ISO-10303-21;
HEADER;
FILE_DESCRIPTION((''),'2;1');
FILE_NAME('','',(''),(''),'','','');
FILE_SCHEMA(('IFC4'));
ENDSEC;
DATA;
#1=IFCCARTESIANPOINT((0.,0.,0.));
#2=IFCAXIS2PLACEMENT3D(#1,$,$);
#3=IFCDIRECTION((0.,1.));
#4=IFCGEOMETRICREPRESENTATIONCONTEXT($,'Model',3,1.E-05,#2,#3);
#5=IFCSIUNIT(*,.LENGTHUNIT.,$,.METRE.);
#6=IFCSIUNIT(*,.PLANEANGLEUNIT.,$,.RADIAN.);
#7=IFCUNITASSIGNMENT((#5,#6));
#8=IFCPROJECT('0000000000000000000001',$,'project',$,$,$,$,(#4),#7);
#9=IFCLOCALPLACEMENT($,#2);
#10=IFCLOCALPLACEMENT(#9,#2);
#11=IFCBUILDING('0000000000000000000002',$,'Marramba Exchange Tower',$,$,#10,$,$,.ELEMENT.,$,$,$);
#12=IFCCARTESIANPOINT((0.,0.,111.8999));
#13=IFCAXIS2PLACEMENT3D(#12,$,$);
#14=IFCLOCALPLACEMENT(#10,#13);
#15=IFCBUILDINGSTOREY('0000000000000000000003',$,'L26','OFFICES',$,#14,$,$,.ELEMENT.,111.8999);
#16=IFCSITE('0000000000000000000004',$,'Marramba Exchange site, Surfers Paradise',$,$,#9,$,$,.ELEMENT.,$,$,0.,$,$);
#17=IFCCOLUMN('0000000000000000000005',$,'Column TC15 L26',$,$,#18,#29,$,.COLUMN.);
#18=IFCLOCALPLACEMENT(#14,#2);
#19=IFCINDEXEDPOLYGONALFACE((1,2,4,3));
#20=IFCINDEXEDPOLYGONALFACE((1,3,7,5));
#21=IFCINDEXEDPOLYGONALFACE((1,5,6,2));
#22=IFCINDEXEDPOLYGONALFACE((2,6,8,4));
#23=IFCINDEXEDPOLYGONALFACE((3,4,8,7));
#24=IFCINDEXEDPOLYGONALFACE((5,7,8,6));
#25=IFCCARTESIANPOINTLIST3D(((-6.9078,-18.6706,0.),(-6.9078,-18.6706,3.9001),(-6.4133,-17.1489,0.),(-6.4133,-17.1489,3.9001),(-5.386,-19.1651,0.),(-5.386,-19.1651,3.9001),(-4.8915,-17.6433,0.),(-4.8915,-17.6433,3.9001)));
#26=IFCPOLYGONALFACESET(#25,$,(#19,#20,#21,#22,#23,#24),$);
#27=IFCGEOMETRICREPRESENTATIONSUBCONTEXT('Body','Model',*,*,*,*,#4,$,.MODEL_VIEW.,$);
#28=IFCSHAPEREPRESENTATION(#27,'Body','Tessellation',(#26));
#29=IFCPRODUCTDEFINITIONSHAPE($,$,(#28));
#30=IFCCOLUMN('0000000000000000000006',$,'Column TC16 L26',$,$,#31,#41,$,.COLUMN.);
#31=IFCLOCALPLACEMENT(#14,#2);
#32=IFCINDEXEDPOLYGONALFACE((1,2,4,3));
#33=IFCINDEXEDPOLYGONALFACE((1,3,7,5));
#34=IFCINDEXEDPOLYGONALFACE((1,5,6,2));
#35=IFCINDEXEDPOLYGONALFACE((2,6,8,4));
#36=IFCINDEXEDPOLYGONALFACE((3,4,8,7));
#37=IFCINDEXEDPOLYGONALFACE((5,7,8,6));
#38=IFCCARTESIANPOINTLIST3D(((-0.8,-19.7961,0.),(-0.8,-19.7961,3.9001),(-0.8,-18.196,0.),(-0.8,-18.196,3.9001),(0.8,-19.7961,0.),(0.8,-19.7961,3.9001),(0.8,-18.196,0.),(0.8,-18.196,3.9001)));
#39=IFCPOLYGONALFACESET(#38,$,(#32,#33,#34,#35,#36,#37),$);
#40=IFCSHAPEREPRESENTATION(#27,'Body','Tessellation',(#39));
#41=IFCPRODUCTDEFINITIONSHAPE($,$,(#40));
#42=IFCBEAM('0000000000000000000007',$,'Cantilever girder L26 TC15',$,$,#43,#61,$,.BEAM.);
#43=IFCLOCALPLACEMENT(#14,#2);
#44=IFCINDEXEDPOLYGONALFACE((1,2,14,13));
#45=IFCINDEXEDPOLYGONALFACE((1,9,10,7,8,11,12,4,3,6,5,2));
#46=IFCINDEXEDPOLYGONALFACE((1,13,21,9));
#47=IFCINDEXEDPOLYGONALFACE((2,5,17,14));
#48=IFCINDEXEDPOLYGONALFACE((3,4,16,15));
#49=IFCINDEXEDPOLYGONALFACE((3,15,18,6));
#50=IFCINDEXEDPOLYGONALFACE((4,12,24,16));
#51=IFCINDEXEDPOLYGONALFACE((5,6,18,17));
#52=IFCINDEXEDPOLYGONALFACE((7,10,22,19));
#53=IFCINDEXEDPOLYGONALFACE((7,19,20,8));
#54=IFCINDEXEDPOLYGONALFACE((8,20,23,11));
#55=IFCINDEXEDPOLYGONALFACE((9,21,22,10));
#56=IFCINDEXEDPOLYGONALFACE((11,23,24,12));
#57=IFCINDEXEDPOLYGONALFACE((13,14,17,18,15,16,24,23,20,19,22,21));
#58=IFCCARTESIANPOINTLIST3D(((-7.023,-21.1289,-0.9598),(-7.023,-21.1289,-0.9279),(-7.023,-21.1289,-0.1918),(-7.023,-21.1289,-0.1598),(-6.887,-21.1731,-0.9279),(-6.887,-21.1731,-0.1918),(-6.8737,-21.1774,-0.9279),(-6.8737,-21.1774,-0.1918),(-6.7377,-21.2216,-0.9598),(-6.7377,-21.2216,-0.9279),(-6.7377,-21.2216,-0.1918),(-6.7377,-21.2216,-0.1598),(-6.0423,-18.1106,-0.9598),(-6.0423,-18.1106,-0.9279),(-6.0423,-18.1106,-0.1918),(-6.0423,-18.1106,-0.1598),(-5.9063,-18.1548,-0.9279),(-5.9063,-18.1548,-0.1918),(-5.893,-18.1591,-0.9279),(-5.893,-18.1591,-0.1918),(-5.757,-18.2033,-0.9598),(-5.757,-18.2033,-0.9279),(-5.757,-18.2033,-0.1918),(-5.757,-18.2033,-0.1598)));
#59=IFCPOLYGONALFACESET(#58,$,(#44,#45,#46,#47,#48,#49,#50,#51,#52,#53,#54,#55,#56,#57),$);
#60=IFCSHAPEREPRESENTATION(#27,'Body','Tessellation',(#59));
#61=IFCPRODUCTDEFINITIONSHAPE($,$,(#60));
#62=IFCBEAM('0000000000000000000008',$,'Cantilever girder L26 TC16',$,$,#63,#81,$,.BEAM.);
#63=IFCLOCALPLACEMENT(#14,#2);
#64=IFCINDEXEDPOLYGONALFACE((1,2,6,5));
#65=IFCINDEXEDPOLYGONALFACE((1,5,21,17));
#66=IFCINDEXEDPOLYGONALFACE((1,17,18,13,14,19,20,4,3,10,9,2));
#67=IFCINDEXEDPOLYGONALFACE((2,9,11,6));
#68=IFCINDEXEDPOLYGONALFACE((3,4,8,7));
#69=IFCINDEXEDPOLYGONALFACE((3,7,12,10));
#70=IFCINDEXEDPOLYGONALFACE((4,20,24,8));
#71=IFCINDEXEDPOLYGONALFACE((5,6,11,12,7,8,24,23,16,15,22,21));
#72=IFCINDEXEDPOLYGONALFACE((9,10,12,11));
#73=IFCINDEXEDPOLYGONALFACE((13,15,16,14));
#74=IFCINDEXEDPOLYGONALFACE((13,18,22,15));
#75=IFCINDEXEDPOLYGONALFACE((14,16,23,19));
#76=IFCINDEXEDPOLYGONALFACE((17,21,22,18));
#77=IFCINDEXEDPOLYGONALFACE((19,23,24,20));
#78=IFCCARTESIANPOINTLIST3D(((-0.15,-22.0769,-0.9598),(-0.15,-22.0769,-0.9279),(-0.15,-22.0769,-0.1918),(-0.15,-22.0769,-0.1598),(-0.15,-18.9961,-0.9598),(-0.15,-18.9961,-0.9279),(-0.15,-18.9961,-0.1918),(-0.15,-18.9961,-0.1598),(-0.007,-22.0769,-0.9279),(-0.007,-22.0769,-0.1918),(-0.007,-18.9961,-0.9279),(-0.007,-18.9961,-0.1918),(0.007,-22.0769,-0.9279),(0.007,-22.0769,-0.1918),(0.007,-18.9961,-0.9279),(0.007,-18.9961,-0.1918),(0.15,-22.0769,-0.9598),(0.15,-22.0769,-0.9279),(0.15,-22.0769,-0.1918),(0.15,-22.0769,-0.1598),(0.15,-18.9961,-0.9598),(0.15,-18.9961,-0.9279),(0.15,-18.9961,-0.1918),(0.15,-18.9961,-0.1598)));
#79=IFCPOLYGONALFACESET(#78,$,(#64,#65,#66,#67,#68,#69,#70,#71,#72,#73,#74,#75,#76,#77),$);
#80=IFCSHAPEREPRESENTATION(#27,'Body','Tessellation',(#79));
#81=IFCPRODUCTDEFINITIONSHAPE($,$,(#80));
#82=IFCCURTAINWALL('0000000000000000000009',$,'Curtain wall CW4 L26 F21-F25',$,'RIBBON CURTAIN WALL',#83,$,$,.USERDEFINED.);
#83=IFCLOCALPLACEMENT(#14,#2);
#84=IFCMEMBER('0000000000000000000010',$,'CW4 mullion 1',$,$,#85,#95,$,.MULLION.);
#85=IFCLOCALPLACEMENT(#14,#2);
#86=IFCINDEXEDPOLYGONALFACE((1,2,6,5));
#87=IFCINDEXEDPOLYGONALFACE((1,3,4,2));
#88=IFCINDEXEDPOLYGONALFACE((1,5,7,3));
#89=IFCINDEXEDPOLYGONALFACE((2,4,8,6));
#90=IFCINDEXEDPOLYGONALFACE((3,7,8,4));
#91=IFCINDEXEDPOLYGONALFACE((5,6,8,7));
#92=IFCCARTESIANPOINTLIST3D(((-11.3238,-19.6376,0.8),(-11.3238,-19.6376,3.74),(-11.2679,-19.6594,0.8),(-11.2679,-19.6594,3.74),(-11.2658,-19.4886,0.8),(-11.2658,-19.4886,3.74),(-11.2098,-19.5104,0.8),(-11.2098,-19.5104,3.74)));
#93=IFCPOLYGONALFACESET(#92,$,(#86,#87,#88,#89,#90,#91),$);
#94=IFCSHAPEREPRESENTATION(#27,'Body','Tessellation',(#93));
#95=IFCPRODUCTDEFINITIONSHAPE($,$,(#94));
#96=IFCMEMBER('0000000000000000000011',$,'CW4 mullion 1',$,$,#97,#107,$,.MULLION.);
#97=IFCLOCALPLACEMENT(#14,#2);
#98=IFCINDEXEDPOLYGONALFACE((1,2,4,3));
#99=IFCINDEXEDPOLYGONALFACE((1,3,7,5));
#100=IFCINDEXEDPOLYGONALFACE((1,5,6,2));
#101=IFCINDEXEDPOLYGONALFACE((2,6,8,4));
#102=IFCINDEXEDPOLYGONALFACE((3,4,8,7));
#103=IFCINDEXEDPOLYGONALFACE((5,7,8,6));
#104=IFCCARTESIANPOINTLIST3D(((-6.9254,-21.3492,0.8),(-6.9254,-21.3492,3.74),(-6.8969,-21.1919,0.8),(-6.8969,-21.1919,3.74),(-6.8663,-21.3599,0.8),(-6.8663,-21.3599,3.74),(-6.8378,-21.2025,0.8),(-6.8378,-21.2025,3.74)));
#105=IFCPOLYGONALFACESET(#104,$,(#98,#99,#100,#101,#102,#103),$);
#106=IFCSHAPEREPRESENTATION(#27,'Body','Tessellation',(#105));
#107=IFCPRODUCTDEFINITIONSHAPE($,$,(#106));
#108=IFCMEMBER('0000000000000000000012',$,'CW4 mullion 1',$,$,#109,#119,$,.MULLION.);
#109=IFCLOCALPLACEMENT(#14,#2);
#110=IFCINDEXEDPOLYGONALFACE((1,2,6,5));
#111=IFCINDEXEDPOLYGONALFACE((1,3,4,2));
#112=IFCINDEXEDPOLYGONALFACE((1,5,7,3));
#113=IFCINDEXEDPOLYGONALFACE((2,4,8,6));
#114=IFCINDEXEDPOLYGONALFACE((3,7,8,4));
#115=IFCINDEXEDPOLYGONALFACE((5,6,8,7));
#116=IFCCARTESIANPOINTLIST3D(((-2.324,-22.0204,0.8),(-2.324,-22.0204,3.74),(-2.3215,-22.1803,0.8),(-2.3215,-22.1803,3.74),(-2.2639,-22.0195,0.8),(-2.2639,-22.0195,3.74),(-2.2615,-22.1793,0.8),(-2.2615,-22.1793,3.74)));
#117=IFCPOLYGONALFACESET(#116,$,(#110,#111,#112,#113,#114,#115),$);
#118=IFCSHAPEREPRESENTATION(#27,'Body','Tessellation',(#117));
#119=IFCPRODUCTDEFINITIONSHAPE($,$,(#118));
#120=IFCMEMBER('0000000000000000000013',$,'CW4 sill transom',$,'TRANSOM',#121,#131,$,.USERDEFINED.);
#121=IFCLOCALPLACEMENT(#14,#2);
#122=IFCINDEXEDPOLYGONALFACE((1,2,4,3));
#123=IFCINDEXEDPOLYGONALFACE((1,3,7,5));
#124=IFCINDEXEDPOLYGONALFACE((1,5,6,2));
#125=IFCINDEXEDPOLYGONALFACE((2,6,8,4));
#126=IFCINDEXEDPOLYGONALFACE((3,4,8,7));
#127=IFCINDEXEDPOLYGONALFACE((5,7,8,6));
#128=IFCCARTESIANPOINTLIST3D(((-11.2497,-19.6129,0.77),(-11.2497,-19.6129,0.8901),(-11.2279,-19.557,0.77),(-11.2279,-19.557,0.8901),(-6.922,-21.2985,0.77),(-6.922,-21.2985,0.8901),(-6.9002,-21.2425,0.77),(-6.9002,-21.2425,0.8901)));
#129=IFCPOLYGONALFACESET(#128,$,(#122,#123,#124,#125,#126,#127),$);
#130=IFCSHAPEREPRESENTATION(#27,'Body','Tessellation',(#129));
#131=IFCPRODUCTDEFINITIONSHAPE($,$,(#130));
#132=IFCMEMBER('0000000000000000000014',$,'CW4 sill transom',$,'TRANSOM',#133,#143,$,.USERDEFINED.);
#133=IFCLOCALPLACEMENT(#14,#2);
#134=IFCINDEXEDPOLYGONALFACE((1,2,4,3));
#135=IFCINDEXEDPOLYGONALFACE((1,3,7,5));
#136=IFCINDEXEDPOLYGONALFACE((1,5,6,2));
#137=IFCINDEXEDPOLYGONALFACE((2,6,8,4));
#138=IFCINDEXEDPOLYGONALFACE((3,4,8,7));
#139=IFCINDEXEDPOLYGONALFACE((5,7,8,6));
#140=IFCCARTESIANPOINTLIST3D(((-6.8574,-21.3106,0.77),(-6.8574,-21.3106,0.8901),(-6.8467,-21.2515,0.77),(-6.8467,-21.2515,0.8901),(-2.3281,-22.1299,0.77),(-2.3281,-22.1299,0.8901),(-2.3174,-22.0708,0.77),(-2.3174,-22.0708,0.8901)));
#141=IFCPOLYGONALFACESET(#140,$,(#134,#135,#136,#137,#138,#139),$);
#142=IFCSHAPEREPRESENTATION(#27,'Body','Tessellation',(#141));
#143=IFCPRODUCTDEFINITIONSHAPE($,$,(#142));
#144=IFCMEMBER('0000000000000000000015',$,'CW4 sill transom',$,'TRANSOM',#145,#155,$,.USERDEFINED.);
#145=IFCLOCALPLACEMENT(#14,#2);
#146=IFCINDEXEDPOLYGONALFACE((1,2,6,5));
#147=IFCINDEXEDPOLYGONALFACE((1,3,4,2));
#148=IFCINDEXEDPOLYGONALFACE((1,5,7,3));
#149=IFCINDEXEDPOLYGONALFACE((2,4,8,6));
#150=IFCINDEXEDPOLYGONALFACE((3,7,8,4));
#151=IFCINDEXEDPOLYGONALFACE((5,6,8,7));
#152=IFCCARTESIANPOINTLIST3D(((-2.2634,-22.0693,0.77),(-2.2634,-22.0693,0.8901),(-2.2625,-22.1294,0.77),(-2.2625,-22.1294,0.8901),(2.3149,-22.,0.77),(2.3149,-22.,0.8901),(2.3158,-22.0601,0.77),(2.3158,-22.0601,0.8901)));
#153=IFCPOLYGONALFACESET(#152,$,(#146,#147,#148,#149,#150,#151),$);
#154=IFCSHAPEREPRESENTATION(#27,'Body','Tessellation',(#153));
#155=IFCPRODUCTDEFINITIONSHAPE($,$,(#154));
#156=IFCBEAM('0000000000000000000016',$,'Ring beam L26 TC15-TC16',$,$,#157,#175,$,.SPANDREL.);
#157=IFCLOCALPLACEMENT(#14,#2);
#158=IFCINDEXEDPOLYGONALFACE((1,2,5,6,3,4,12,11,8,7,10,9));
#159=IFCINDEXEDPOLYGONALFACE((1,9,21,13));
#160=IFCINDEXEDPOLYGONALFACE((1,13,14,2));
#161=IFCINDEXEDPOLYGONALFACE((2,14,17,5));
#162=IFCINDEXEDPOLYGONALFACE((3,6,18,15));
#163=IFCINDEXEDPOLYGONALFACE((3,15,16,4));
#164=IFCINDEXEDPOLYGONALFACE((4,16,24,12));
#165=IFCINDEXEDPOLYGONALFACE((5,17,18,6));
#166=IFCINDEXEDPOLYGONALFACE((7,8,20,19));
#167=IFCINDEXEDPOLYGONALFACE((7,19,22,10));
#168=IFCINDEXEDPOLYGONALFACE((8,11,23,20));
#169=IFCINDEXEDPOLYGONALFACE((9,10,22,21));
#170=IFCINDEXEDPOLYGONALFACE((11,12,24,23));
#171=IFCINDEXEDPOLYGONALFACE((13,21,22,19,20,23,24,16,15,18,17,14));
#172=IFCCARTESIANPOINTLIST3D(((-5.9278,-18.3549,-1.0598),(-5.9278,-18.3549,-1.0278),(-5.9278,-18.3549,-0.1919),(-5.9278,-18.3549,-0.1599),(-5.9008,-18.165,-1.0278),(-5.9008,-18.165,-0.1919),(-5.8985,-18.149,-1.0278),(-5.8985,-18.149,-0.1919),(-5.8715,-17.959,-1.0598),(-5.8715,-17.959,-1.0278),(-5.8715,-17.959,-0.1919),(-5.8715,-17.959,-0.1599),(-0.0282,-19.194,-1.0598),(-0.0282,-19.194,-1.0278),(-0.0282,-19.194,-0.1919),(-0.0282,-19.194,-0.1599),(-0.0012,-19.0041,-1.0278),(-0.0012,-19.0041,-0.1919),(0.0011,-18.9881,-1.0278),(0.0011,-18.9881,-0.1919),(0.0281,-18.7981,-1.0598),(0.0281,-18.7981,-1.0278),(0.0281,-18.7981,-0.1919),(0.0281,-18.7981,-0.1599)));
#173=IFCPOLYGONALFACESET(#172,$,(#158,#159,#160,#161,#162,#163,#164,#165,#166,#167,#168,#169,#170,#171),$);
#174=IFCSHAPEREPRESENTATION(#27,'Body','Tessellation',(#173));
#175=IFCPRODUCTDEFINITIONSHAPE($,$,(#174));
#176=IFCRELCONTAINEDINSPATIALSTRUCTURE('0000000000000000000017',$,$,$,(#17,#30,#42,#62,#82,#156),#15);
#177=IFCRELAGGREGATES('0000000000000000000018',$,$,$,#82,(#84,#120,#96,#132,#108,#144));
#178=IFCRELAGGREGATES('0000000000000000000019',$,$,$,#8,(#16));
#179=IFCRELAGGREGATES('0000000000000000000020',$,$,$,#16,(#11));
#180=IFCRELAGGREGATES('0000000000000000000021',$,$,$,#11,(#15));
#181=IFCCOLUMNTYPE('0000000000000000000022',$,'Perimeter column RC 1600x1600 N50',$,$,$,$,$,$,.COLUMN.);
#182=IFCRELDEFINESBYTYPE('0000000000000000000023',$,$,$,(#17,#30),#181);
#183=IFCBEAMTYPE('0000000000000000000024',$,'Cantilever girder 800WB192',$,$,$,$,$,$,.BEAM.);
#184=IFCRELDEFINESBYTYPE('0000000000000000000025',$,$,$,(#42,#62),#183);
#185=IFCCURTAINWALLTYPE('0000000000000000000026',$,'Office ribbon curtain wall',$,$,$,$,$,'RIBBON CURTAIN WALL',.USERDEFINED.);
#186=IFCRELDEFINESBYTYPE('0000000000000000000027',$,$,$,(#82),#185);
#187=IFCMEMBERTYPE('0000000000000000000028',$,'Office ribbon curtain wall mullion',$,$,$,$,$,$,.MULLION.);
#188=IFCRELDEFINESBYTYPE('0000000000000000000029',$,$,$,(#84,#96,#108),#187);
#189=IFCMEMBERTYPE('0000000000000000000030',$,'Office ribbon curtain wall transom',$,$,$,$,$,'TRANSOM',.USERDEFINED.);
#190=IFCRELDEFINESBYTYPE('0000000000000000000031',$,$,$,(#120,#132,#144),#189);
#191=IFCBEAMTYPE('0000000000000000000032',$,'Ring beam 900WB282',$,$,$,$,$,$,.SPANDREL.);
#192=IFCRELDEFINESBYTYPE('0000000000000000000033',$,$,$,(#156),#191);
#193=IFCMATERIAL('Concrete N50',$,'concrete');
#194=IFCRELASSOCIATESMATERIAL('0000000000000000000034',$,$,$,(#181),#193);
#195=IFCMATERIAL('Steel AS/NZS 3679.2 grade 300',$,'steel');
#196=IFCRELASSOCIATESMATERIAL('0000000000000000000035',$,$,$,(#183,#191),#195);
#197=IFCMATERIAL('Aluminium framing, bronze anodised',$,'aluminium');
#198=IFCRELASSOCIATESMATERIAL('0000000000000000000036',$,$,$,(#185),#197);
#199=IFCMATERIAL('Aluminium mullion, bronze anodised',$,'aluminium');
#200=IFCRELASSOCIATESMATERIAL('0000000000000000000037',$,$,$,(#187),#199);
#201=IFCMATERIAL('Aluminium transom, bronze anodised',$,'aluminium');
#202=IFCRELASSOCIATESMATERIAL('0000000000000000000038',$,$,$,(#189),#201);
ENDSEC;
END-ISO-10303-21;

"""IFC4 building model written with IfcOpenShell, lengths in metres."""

from ifc_helpers import new_model, si_unit, direction, frame, origin, origin_2d, place, context, subcontext, project, spatial, rectangle, i_section, extrude, material, material_profile, profile_set, type_object, element, aggregate, save


model = new_model("IFC4")

# Units and contexts
model_context = context("Model", 3, precision=1e-05, world=origin(), true_north=direction((0.0, 1.0)))
body_context = subcontext(model_context, "Body", "Model", "MODEL_VIEW")
ifc_project = project(units=[si_unit("LENGTHUNIT", "METRE"), si_unit("PLANEANGLEUNIT", "RADIAN")], contexts=[model_context])

# Site, building, storey
site_placement = place(None, origin())
site = spatial("IfcSite", under=ifc_project, at=site_placement, Name="Marramba Exchange site, Surfers Paradise", CompositionType="ELEMENT", RefElevation=0.0)
building_placement = place(site_placement, origin())
building = spatial("IfcBuilding", under=site, at=building_placement, Name="Marramba Exchange Tower", CompositionType="ELEMENT")
storey_placement = place(building_placement, frame((0.0, 0.0, 111.8999)))
storey = spatial("IfcBuildingStorey", under=building, at=storey_placement, Name="L26", Description="OFFICES", CompositionType="ELEMENT", Elevation=111.8999)

# Columns
ifc_material_1 = material(Name="Concrete N50", Category="concrete")
ifc_material_profile_1 = material_profile(ifc_material_1, rectangle(XDim=1.6001, YDim=1.6001, at=origin_2d()), Name="RC 1600x1600")
ifc_profile_set_1 = profile_set([ifc_material_profile_1], Name="Concrete N50")
column_type = type_object("IfcColumnType", Name="Perimeter column RC 1600x1600 N50", PredefinedType="COLUMN", material=ifc_profile_set_1)
for number, where, z_axis, x_axis, name in (
    (1, (-5.8997, -18.157, 0.0), (0.0, 0.0, 1.0), (-0.309017, -0.951057, 0.0), "Column TC15 L26"),
    (2, (0.0, -18.9961, 0.0), (0.0, 0.0, 1.0), (0.0, -1.0, 0.0), "Column TC16 L26"),
):
    element("IfcColumn", number, at=place(storey_placement, frame(where, z_axis=z_axis, x_axis=x_axis)), inside=storey, type_object=column_type, Name=name, PredefinedType="COLUMN", context=body_context, shape_type="SweptSolid", body=[
        extrude(rectangle(XDim=1.6001, YDim=1.6001, at=origin_2d()), origin(), (0.0, 0.0, 1.0), 3.9001),
    ])

# Beams
ifc_material_2 = material(Name="Steel AS/NZS 3679.2 grade 300", Category="steel")
ifc_material_profile_2 = material_profile(ifc_material_2, i_section(OverallWidth=0.3, OverallDepth=0.8, WebThickness=0.0139, FlangeThickness=0.032, at=origin_2d()), Name="800WB192")
ifc_profile_set_2 = profile_set([ifc_material_profile_2], Name="Steel AS/NZS 3679.2 grade 300")
beam_type_1 = type_object("IfcBeamType", Name="Cantilever girder 800WB192", PredefinedType="BEAM", material=ifc_profile_set_2)
beam_1_placement = place(storey_placement, frame((-5.8997, -18.157, -0.5598), z_axis=(-0.309018, -0.951056, 0.0), x_axis=(0.951056, -0.309018, 0.0)))
element("IfcBeam", 3, at=beam_1_placement, inside=storey, type_object=beam_type_1, Name="Cantilever girder L26 TC15", PredefinedType="BEAM", context=body_context, shape_type="SweptSolid", body=[
    extrude(i_section(OverallWidth=0.3, OverallDepth=0.8, WebThickness=0.0139, FlangeThickness=0.032, at=origin_2d()), origin(), (0.0, 0.0, 1.0), 3.1736),
])
beam_2_placement = place(storey_placement, frame((0.0, -18.9961, -0.5598), z_axis=(0.0, -1.0, 0.0), x_axis=(1.0, 0.0, 0.0)))
element("IfcBeam", 4, at=beam_2_placement, inside=storey, type_object=beam_type_1, Name="Cantilever girder L26 TC16", PredefinedType="BEAM", context=body_context, shape_type="SweptSolid", body=[
    extrude(i_section(OverallWidth=0.3, OverallDepth=0.8, WebThickness=0.0139, FlangeThickness=0.032, at=origin_2d()), origin(), (0.0, 0.0, 1.0), 3.0808),
])

# Curtain wall, members
ifc_material_3 = material(Name="Aluminium framing, bronze anodised", Category="aluminium")
curtain_wall_type = type_object("IfcCurtainWallType", Name="Office ribbon curtain wall", ElementType="RIBBON CURTAIN WALL", PredefinedType="USERDEFINED", material=ifc_material_3)
curtain_wall_placement = place(storey_placement, origin())
curtain_wall = element("IfcCurtainWall", 5, at=curtain_wall_placement, inside=storey, type_object=curtain_wall_type, Name="Curtain wall CW4 L26 F21-F25", ObjectType="RIBBON CURTAIN WALL", PredefinedType="USERDEFINED")
ifc_material_4 = material(Name="Aluminium mullion, bronze anodised", Category="aluminium")
ifc_material_profile_3 = material_profile(ifc_material_4, rectangle(XDim=0.1599, YDim=0.0601, at=origin_2d()), Name="CW4 mullion 60x160")
ifc_profile_set_3 = profile_set([ifc_material_profile_3], Name="Aluminium mullion, bronze anodised")
member_type_1 = type_object("IfcMemberType", Name="Office ribbon curtain wall mullion", PredefinedType="MULLION", material=ifc_profile_set_3)
member_1_placement = place(storey_placement, frame((-11.2668, -19.574, 0.8), z_axis=(0.0, 0.0, 1.0), x_axis=(0.362925, 0.931818, 0.0)))
member_1 = element("IfcMember", 6, at=member_1_placement, type_object=member_type_1, Name="CW4 mullion 1", PredefinedType="MULLION", context=body_context, shape_type="SweptSolid", body=[
    extrude(rectangle(XDim=0.1599, YDim=0.0601, at=origin_2d()), origin(), (0.0, 0.0, 1.0), 2.9399),
])
member_2_placement = place(storey_placement, frame((-6.8816, -21.2759, 0.8), z_axis=(0.0, 0.0, 1.0), x_axis=(0.177992, 0.984032, 0.0)))
member_2 = element("IfcMember", 7, at=member_2_placement, type_object=member_type_1, Name="CW4 mullion 1", PredefinedType="MULLION", context=body_context, shape_type="SweptSolid", body=[
    extrude(rectangle(XDim=0.1599, YDim=0.0601, at=origin_2d()), origin(), (0.0, 0.0, 1.0), 2.9399),
])
member_3_placement = place(storey_placement, frame((-2.2927, -22.0999, 0.8), z_axis=(0.0, 0.0, 1.0), x_axis=(-0.015179, 0.999885, 0.0)))
member_3 = element("IfcMember", 8, at=member_3_placement, type_object=member_type_1, Name="CW4 mullion 1", PredefinedType="MULLION", context=body_context, shape_type="SweptSolid", body=[
    extrude(rectangle(XDim=0.1599, YDim=0.0601, at=origin_2d()), origin(), (0.0, 0.0, 1.0), 2.9399),
])
ifc_material_5 = material(Name="Aluminium transom, bronze anodised", Category="aluminium")
ifc_material_profile_4 = material_profile(ifc_material_5, rectangle(XDim=0.0601, YDim=0.1201, at=origin_2d()), Name="CW4 transom 60x120")
ifc_profile_set_4 = profile_set([ifc_material_profile_4], Name="Aluminium transom, bronze anodised")
member_type_2 = type_object("IfcMemberType", Name="Office ribbon curtain wall transom", ElementType="TRANSOM", PredefinedType="USERDEFINED", material=ifc_profile_set_4)
member_4_placement = place(storey_placement, frame((-11.2388, -19.585, 0.8301), z_axis=(0.931817, -0.362928, 0.0), x_axis=(0.362928, 0.931817, 0.0)))
member_4 = element("IfcMember", 9, at=member_4_placement, type_object=member_type_2, Name="CW4 sill transom", ObjectType="TRANSOM", PredefinedType="USERDEFINED", context=body_context, shape_type="SweptSolid", body=[
    extrude(rectangle(XDim=0.0601, YDim=0.1201, at=origin_2d()), origin(), (0.0, 0.0, 1.0), 4.6443),
])
member_5_placement = place(storey_placement, frame((-6.8521, -21.281, 0.8301), z_axis=(0.984029, -0.178008, 0.0), x_axis=(0.178008, 0.984029, 0.0)))
member_5 = element("IfcMember", 10, at=member_5_placement, type_object=member_type_2, Name="CW4 sill transom", ObjectType="TRANSOM", PredefinedType="USERDEFINED", context=body_context, shape_type="SweptSolid", body=[
    extrude(rectangle(XDim=0.0601, YDim=0.1201, at=origin_2d()), origin(), (0.0, 0.0, 1.0), 4.6028),
])
member_6_placement = place(storey_placement, frame((-2.2629, -22.0994, 0.8301), z_axis=(0.999885, 0.015143, 0.0), x_axis=(-0.015143, 0.999885, 0.0)))
member_6 = element("IfcMember", 11, at=member_6_placement, type_object=member_type_2, Name="CW4 sill transom", ObjectType="TRANSOM", PredefinedType="USERDEFINED", context=body_context, shape_type="SweptSolid", body=[
    extrude(rectangle(XDim=0.0601, YDim=0.1201, at=origin_2d()), origin(), (0.0, 0.0, 1.0), 4.5789),
])

# Beam
ifc_material_profile_5 = material_profile(ifc_material_2, i_section(OverallWidth=0.3999, OverallDepth=0.8999, WebThickness=0.0161, FlangeThickness=0.032, at=origin_2d()), Name="900WB282")
ifc_profile_set_5 = profile_set([ifc_material_profile_5], Name="Steel AS/NZS 3679.2 grade 300")
beam_type_2 = type_object("IfcBeamType", Name="Ring beam 900WB282", PredefinedType="SPANDREL", material=ifc_profile_set_5)
for number, where, z_axis, x_axis, name in (
    (12, (-5.8997, -18.157, -0.6099), (0.990036, -0.140813, 0.0), (0.140813, 0.990036, 0.0), "Ring beam L26 TC15-TC16"),
):
    element("IfcBeam", number, at=place(storey_placement, frame(where, z_axis=z_axis, x_axis=x_axis)), inside=storey, type_object=beam_type_2, Name=name, PredefinedType="SPANDREL", context=body_context, shape_type="SweptSolid", body=[
        extrude(i_section(OverallWidth=0.3999, OverallDepth=0.8999, WebThickness=0.0161, FlangeThickness=0.032, at=origin_2d()), origin(), (0.0, 0.0, 1.0), 5.959),
    ])

aggregate(curtain_wall, [member_1, member_4, member_2, member_5, member_3, member_6])

save(model, "model.ifc")
